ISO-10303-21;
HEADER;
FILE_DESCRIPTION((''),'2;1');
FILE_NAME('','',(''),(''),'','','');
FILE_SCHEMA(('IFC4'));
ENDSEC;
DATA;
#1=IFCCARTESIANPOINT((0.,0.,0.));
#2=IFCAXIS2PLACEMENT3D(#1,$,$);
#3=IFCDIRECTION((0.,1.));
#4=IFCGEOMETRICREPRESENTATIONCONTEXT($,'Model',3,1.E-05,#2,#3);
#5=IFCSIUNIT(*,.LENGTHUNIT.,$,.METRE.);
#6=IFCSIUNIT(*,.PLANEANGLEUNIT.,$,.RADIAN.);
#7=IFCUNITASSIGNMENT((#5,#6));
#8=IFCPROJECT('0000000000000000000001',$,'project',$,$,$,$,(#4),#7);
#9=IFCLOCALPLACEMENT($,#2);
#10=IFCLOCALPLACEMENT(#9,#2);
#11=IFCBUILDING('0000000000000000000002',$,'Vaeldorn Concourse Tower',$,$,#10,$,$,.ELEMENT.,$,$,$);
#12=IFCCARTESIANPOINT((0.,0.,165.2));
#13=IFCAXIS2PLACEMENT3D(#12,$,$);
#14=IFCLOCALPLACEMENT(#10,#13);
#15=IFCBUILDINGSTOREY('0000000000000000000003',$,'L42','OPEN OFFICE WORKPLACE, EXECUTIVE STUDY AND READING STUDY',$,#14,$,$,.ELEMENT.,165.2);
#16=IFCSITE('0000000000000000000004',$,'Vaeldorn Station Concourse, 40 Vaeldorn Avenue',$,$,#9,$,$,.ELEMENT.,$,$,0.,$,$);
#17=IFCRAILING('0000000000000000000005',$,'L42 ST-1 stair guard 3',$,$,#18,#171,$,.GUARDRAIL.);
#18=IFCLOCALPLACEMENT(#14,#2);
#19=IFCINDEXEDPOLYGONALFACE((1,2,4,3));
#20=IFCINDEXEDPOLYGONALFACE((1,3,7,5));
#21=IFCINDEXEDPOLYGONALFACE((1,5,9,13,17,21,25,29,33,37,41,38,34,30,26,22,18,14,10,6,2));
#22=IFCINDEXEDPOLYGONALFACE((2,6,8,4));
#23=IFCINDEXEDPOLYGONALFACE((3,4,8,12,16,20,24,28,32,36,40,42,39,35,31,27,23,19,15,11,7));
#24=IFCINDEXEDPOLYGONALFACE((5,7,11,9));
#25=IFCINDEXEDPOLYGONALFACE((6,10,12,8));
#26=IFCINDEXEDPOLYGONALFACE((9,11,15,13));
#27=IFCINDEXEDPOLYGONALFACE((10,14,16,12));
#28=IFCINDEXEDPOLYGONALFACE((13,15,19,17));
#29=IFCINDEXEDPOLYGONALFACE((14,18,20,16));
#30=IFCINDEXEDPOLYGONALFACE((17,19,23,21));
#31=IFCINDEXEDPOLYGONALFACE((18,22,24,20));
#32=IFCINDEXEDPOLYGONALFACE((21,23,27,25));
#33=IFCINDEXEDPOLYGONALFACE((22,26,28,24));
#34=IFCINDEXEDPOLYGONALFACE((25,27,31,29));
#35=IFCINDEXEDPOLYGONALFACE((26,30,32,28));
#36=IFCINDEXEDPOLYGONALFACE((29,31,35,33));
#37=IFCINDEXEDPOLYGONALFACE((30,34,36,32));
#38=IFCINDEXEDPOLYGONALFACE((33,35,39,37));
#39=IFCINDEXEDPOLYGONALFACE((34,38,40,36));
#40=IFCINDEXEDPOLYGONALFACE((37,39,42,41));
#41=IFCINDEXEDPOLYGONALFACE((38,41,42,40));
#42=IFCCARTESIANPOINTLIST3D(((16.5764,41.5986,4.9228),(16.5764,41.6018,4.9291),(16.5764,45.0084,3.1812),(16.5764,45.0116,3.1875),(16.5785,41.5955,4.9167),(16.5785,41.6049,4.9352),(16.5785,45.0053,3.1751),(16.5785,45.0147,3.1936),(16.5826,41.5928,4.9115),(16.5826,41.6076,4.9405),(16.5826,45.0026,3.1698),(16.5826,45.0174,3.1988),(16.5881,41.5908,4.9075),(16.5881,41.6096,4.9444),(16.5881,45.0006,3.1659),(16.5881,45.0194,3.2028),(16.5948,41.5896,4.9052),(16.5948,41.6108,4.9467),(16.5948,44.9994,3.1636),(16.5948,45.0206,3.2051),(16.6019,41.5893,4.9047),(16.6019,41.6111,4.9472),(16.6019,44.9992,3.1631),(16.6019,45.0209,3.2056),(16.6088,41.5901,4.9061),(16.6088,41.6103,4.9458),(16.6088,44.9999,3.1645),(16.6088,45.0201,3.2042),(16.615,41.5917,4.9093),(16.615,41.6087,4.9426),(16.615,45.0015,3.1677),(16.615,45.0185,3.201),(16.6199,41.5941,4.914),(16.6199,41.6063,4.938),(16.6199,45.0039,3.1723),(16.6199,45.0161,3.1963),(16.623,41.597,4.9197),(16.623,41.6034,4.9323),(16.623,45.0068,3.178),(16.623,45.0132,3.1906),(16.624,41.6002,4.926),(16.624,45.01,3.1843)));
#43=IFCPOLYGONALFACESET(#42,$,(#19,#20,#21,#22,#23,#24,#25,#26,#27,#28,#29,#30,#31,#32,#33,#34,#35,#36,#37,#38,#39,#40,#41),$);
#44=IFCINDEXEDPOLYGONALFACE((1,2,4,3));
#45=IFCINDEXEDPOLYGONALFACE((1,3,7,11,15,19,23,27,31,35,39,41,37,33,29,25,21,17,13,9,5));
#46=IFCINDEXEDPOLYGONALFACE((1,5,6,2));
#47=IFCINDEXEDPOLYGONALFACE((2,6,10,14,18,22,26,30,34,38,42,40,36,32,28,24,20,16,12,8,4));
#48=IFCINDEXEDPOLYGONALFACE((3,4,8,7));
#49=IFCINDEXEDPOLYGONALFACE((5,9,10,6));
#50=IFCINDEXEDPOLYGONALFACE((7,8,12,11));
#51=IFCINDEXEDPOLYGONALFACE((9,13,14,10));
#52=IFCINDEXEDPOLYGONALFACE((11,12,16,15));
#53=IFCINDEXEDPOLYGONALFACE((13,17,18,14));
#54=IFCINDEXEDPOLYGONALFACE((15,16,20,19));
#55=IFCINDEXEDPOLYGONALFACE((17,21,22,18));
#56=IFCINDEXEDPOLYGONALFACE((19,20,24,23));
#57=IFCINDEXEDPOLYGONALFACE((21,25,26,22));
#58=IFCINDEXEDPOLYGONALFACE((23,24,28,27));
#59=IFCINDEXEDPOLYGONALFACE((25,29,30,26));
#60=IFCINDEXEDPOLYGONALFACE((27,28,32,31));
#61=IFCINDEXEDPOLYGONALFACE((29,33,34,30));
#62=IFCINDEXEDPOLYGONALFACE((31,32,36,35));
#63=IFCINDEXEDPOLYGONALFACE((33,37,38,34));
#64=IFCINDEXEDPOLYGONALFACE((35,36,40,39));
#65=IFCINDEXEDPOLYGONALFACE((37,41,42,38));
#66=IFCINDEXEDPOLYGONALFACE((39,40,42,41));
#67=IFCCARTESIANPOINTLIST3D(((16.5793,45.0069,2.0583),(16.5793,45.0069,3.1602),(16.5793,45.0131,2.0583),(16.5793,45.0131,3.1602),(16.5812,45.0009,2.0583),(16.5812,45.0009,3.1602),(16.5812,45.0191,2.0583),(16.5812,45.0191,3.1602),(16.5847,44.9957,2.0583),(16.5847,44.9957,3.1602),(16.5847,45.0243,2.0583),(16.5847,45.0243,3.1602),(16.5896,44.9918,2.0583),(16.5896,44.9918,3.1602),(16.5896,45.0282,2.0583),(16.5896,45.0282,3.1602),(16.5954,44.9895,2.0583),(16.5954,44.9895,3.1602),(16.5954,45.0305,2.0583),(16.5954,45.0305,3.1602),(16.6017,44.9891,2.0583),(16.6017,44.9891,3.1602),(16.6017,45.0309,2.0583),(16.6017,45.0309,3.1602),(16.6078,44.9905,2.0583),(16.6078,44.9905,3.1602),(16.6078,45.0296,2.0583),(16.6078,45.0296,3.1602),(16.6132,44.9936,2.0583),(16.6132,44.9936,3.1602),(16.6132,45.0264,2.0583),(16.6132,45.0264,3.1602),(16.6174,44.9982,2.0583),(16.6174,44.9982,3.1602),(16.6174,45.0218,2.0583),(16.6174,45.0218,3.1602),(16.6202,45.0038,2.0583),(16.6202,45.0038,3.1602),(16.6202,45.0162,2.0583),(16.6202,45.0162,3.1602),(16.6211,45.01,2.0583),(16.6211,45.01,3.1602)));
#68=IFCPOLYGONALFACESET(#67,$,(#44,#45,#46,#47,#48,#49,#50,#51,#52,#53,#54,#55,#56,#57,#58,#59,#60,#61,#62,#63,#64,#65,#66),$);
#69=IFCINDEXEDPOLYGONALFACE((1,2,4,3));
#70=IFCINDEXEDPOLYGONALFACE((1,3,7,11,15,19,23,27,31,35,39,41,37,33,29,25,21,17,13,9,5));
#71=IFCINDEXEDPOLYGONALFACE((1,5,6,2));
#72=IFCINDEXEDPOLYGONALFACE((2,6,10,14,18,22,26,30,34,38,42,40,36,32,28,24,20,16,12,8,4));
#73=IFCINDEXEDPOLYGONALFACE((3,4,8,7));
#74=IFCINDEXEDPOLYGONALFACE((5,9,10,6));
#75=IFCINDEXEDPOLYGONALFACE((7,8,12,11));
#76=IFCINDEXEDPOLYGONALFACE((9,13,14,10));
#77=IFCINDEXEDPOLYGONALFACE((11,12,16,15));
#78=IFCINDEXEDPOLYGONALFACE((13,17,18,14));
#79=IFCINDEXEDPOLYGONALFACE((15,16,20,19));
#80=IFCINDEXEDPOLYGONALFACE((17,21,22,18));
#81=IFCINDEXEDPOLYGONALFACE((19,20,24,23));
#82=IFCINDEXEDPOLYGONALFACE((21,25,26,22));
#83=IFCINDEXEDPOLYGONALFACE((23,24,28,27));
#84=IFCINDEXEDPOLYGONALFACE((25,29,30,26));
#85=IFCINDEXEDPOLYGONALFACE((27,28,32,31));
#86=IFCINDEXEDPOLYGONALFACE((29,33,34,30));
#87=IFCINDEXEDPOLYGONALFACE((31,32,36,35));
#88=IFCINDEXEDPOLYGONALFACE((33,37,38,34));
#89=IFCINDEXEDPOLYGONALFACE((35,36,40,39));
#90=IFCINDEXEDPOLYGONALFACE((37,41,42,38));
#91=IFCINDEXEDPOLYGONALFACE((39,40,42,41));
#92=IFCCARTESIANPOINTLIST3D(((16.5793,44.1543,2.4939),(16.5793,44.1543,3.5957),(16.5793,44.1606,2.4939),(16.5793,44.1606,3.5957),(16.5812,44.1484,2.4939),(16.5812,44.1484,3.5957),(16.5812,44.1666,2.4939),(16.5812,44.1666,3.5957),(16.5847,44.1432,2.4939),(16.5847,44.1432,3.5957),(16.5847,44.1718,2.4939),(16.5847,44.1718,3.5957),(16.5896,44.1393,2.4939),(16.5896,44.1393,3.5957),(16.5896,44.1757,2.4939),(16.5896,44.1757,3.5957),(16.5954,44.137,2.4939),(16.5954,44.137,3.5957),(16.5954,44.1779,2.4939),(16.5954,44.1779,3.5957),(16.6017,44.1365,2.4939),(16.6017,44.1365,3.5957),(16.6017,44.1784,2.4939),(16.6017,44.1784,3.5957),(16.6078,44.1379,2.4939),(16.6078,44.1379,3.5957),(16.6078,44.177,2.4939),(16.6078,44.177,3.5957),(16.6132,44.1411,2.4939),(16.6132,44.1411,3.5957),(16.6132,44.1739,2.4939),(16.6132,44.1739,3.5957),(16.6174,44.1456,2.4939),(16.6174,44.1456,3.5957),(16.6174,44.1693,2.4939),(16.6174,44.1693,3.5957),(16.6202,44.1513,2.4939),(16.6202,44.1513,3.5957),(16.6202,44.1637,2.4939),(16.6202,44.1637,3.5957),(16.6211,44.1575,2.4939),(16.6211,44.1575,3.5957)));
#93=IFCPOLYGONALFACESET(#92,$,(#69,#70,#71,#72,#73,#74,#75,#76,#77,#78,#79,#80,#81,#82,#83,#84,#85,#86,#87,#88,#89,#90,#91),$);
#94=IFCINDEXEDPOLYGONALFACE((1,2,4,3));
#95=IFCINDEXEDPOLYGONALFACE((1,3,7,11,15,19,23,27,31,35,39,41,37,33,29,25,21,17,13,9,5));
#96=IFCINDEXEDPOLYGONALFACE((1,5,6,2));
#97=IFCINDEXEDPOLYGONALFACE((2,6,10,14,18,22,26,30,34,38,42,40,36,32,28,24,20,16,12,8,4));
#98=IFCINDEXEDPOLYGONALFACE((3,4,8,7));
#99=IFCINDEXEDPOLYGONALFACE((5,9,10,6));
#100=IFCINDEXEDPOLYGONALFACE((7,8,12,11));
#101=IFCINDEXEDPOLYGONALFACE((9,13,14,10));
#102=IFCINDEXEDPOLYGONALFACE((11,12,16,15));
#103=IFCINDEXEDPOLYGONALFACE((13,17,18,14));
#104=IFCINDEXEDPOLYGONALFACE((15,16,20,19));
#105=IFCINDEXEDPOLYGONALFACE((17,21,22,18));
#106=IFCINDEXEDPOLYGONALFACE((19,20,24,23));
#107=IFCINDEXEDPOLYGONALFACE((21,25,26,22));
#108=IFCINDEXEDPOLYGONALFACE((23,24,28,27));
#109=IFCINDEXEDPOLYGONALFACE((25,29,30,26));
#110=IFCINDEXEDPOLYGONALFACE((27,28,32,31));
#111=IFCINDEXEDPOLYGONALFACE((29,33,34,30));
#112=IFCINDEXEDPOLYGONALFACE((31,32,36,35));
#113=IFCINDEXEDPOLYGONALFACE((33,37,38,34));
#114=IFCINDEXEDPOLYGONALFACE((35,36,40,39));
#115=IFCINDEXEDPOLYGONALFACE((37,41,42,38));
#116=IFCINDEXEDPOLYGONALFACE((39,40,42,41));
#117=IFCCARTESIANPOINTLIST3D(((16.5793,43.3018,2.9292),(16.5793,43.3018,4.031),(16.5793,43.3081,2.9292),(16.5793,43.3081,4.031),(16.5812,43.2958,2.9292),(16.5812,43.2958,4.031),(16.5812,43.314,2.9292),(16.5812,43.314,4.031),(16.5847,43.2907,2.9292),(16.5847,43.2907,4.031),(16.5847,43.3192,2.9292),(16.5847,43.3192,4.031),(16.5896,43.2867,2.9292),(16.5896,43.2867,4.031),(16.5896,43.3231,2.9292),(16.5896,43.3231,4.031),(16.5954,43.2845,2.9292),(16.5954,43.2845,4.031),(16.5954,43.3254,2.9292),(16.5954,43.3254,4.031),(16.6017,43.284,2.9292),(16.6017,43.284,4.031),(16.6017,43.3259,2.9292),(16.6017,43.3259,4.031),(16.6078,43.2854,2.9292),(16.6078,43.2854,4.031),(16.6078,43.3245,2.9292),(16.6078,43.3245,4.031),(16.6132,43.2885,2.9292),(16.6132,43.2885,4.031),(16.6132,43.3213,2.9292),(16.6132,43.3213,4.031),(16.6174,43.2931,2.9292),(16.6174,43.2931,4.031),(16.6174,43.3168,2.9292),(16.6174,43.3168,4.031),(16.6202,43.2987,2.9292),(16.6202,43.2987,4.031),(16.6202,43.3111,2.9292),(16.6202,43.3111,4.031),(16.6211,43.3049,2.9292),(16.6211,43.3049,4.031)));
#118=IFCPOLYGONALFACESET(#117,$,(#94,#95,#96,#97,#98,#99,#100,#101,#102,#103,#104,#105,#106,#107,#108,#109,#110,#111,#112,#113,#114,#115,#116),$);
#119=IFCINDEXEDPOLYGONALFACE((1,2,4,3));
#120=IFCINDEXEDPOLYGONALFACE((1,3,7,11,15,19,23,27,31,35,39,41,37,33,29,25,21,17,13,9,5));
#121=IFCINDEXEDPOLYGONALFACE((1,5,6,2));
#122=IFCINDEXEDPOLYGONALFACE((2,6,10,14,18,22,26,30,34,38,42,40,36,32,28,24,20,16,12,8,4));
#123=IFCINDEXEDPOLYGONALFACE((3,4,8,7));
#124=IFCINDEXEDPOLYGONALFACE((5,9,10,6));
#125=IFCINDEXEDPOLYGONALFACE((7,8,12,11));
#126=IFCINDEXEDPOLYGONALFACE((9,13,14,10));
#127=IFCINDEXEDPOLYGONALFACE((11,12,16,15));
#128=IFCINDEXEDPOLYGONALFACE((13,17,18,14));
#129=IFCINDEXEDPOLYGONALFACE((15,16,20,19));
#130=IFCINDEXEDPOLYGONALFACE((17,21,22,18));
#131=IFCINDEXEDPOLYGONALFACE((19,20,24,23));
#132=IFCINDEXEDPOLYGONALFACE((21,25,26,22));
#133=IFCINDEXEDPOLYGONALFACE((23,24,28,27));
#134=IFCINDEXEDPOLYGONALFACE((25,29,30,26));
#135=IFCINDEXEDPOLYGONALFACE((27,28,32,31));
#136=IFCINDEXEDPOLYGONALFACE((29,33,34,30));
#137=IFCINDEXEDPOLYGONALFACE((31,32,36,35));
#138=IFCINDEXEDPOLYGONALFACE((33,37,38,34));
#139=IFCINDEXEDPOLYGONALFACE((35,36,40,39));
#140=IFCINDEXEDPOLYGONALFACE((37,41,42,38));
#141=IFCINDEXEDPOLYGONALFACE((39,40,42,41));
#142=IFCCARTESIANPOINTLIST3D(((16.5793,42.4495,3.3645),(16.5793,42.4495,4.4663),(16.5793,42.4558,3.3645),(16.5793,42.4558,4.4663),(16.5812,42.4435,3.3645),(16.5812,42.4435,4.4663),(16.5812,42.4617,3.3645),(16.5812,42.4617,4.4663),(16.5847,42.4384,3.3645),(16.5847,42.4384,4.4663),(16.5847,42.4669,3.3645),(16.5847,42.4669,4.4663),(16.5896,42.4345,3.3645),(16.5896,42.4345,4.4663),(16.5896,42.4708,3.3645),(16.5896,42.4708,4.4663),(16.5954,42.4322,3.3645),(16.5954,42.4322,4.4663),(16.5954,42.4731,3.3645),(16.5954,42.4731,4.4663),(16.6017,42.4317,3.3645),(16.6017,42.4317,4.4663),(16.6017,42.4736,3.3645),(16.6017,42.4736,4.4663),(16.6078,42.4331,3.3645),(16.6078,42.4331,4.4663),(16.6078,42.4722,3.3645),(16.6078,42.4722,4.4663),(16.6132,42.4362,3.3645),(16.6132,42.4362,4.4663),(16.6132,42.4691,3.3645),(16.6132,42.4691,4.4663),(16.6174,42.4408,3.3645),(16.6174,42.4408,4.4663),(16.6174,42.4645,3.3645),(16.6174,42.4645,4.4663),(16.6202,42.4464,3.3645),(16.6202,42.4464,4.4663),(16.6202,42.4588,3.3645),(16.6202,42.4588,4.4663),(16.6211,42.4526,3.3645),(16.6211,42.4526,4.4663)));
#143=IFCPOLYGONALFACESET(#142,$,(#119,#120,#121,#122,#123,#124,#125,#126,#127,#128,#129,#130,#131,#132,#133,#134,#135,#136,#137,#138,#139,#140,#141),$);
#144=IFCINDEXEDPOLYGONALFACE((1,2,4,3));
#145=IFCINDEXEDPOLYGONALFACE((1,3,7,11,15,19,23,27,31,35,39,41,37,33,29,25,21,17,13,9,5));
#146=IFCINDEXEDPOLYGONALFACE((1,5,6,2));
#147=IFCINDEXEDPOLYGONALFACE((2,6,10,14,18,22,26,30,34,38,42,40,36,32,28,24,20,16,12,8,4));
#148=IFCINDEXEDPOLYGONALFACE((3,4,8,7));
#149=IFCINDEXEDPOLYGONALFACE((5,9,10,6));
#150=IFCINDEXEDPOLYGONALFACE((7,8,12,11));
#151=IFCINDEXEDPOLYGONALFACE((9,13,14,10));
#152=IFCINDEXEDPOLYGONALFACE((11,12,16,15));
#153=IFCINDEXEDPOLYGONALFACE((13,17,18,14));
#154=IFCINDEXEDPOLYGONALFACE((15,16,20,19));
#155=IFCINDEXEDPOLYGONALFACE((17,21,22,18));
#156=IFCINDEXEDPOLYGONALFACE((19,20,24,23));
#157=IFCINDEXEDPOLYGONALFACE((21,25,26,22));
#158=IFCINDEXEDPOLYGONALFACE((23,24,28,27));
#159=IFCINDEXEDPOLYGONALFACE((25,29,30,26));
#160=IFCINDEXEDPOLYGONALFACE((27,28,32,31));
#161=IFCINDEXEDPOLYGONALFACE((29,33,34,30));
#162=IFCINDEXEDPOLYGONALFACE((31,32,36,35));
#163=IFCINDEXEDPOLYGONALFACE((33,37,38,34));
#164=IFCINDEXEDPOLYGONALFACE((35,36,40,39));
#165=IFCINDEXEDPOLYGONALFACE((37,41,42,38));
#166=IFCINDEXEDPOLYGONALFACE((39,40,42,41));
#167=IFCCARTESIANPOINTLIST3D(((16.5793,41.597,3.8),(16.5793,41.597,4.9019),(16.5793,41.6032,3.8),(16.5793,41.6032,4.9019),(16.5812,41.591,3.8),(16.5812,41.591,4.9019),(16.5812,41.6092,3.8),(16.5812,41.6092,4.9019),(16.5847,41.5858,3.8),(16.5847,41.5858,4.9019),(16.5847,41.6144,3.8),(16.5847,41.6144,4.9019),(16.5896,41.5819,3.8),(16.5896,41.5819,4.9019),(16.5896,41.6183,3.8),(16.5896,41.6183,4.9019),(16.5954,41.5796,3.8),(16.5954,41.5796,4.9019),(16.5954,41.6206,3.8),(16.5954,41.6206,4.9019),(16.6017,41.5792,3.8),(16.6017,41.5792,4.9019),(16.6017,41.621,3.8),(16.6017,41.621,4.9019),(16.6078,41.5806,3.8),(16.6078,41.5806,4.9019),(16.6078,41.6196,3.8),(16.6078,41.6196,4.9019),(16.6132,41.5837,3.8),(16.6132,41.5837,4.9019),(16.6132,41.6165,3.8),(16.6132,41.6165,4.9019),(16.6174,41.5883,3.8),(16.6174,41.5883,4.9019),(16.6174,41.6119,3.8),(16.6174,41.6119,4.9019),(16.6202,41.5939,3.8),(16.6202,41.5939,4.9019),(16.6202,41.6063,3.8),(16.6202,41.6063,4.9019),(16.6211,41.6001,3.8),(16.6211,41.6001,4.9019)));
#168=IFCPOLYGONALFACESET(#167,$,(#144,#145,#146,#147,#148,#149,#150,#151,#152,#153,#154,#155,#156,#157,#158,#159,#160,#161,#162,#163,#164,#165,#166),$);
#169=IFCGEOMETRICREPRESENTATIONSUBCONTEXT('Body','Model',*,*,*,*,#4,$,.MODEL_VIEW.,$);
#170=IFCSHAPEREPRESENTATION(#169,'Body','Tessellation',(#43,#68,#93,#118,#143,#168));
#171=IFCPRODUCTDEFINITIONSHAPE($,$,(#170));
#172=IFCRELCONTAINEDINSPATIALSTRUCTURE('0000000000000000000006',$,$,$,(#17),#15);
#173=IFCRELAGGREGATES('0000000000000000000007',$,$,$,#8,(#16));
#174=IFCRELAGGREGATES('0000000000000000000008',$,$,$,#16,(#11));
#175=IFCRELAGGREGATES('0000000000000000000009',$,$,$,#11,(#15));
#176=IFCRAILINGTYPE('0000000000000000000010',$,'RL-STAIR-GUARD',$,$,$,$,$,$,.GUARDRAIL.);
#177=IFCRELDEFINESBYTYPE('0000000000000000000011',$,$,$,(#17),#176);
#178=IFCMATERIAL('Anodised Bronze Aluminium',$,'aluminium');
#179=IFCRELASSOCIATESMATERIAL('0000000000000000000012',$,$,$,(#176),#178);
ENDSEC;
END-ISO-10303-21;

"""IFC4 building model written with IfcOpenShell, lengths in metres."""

from ifc_helpers import new_model, si_unit, direction, frame, origin, origin_2d, place, context, subcontext, project, spatial, circle, extrude, material, type_object, element, save


model = new_model("IFC4")

# Units and contexts
model_context = context("Model", 3, precision=1e-05, world=origin(), true_north=direction((0.0, 1.0)))
body_context = subcontext(model_context, "Body", "Model", "MODEL_VIEW")
ifc_project = project(units=[si_unit("LENGTHUNIT", "METRE"), si_unit("PLANEANGLEUNIT", "RADIAN")], contexts=[model_context])

# Site, building, storey
site_placement = place(None, origin())
site = spatial("IfcSite", under=ifc_project, at=site_placement, Name="Vaeldorn Station Concourse, 40 Vaeldorn Avenue", CompositionType="ELEMENT", RefElevation=0.0)
building_placement = place(site_placement, origin())
building = spatial("IfcBuilding", under=site, at=building_placement, Name="Vaeldorn Concourse Tower", CompositionType="ELEMENT")
storey_placement = place(building_placement, frame((0.0, 0.0, 165.2)))
storey = spatial("IfcBuildingStorey", under=building, at=storey_placement, Name="L42", Description="OPEN OFFICE WORKPLACE, EXECUTIVE STUDY AND READING STUDY", CompositionType="ELEMENT", Elevation=165.2)

# Shared definitions
ifc_material_1 = material(Name="Anodised Bronze Aluminium", Category="aluminium")

# Railing
railing_type_1 = type_object("IfcRailingType", Name="RL-STAIR-GUARD", PredefinedType="GUARDRAIL", material=ifc_material_1)
railing_1_placement = place(storey_placement, frame((16.6001, 45.01, 2.0583)))
element("IfcRailing", 1, at=railing_1_placement, inside=storey, type_object=railing_type_1, Name="L42 ST-1 stair guard 3", PredefinedType="GUARDRAIL", context=body_context, shape_type="SweptSolid", body=[
    extrude(circle(Radius=0.0239, at=origin_2d()), frame((0.0, 0.0, 1.126), z_axis=(0.0, -0.890556, 0.454874), x_axis=(1.0, 0.0, 0.0)), (0.0, 0.0, 1.0), 3.8289),
    extrude(circle(Radius=0.021, at=origin_2d()), origin(), (0.0, 0.0, 1.0), 1.1018),
    extrude(circle(Radius=0.021, at=origin_2d()), frame((0.0, -0.8525, 0.4355)), (0.0, 0.0, 1.0), 1.1018),
    extrude(circle(Radius=0.021, at=origin_2d()), frame((0.0, -1.7051, 0.8708)), (0.0, 0.0, 1.0), 1.1018),
    extrude(circle(Radius=0.021, at=origin_2d()), frame((0.0, -2.5574, 1.3062)), (0.0, 0.0, 1.0), 1.1018),
    extrude(circle(Radius=0.021, at=origin_2d()), frame((0.0, -3.4099, 1.7417)), (0.0, 0.0, 1.0), 1.1018),
])

save(model, "model.ifc")
